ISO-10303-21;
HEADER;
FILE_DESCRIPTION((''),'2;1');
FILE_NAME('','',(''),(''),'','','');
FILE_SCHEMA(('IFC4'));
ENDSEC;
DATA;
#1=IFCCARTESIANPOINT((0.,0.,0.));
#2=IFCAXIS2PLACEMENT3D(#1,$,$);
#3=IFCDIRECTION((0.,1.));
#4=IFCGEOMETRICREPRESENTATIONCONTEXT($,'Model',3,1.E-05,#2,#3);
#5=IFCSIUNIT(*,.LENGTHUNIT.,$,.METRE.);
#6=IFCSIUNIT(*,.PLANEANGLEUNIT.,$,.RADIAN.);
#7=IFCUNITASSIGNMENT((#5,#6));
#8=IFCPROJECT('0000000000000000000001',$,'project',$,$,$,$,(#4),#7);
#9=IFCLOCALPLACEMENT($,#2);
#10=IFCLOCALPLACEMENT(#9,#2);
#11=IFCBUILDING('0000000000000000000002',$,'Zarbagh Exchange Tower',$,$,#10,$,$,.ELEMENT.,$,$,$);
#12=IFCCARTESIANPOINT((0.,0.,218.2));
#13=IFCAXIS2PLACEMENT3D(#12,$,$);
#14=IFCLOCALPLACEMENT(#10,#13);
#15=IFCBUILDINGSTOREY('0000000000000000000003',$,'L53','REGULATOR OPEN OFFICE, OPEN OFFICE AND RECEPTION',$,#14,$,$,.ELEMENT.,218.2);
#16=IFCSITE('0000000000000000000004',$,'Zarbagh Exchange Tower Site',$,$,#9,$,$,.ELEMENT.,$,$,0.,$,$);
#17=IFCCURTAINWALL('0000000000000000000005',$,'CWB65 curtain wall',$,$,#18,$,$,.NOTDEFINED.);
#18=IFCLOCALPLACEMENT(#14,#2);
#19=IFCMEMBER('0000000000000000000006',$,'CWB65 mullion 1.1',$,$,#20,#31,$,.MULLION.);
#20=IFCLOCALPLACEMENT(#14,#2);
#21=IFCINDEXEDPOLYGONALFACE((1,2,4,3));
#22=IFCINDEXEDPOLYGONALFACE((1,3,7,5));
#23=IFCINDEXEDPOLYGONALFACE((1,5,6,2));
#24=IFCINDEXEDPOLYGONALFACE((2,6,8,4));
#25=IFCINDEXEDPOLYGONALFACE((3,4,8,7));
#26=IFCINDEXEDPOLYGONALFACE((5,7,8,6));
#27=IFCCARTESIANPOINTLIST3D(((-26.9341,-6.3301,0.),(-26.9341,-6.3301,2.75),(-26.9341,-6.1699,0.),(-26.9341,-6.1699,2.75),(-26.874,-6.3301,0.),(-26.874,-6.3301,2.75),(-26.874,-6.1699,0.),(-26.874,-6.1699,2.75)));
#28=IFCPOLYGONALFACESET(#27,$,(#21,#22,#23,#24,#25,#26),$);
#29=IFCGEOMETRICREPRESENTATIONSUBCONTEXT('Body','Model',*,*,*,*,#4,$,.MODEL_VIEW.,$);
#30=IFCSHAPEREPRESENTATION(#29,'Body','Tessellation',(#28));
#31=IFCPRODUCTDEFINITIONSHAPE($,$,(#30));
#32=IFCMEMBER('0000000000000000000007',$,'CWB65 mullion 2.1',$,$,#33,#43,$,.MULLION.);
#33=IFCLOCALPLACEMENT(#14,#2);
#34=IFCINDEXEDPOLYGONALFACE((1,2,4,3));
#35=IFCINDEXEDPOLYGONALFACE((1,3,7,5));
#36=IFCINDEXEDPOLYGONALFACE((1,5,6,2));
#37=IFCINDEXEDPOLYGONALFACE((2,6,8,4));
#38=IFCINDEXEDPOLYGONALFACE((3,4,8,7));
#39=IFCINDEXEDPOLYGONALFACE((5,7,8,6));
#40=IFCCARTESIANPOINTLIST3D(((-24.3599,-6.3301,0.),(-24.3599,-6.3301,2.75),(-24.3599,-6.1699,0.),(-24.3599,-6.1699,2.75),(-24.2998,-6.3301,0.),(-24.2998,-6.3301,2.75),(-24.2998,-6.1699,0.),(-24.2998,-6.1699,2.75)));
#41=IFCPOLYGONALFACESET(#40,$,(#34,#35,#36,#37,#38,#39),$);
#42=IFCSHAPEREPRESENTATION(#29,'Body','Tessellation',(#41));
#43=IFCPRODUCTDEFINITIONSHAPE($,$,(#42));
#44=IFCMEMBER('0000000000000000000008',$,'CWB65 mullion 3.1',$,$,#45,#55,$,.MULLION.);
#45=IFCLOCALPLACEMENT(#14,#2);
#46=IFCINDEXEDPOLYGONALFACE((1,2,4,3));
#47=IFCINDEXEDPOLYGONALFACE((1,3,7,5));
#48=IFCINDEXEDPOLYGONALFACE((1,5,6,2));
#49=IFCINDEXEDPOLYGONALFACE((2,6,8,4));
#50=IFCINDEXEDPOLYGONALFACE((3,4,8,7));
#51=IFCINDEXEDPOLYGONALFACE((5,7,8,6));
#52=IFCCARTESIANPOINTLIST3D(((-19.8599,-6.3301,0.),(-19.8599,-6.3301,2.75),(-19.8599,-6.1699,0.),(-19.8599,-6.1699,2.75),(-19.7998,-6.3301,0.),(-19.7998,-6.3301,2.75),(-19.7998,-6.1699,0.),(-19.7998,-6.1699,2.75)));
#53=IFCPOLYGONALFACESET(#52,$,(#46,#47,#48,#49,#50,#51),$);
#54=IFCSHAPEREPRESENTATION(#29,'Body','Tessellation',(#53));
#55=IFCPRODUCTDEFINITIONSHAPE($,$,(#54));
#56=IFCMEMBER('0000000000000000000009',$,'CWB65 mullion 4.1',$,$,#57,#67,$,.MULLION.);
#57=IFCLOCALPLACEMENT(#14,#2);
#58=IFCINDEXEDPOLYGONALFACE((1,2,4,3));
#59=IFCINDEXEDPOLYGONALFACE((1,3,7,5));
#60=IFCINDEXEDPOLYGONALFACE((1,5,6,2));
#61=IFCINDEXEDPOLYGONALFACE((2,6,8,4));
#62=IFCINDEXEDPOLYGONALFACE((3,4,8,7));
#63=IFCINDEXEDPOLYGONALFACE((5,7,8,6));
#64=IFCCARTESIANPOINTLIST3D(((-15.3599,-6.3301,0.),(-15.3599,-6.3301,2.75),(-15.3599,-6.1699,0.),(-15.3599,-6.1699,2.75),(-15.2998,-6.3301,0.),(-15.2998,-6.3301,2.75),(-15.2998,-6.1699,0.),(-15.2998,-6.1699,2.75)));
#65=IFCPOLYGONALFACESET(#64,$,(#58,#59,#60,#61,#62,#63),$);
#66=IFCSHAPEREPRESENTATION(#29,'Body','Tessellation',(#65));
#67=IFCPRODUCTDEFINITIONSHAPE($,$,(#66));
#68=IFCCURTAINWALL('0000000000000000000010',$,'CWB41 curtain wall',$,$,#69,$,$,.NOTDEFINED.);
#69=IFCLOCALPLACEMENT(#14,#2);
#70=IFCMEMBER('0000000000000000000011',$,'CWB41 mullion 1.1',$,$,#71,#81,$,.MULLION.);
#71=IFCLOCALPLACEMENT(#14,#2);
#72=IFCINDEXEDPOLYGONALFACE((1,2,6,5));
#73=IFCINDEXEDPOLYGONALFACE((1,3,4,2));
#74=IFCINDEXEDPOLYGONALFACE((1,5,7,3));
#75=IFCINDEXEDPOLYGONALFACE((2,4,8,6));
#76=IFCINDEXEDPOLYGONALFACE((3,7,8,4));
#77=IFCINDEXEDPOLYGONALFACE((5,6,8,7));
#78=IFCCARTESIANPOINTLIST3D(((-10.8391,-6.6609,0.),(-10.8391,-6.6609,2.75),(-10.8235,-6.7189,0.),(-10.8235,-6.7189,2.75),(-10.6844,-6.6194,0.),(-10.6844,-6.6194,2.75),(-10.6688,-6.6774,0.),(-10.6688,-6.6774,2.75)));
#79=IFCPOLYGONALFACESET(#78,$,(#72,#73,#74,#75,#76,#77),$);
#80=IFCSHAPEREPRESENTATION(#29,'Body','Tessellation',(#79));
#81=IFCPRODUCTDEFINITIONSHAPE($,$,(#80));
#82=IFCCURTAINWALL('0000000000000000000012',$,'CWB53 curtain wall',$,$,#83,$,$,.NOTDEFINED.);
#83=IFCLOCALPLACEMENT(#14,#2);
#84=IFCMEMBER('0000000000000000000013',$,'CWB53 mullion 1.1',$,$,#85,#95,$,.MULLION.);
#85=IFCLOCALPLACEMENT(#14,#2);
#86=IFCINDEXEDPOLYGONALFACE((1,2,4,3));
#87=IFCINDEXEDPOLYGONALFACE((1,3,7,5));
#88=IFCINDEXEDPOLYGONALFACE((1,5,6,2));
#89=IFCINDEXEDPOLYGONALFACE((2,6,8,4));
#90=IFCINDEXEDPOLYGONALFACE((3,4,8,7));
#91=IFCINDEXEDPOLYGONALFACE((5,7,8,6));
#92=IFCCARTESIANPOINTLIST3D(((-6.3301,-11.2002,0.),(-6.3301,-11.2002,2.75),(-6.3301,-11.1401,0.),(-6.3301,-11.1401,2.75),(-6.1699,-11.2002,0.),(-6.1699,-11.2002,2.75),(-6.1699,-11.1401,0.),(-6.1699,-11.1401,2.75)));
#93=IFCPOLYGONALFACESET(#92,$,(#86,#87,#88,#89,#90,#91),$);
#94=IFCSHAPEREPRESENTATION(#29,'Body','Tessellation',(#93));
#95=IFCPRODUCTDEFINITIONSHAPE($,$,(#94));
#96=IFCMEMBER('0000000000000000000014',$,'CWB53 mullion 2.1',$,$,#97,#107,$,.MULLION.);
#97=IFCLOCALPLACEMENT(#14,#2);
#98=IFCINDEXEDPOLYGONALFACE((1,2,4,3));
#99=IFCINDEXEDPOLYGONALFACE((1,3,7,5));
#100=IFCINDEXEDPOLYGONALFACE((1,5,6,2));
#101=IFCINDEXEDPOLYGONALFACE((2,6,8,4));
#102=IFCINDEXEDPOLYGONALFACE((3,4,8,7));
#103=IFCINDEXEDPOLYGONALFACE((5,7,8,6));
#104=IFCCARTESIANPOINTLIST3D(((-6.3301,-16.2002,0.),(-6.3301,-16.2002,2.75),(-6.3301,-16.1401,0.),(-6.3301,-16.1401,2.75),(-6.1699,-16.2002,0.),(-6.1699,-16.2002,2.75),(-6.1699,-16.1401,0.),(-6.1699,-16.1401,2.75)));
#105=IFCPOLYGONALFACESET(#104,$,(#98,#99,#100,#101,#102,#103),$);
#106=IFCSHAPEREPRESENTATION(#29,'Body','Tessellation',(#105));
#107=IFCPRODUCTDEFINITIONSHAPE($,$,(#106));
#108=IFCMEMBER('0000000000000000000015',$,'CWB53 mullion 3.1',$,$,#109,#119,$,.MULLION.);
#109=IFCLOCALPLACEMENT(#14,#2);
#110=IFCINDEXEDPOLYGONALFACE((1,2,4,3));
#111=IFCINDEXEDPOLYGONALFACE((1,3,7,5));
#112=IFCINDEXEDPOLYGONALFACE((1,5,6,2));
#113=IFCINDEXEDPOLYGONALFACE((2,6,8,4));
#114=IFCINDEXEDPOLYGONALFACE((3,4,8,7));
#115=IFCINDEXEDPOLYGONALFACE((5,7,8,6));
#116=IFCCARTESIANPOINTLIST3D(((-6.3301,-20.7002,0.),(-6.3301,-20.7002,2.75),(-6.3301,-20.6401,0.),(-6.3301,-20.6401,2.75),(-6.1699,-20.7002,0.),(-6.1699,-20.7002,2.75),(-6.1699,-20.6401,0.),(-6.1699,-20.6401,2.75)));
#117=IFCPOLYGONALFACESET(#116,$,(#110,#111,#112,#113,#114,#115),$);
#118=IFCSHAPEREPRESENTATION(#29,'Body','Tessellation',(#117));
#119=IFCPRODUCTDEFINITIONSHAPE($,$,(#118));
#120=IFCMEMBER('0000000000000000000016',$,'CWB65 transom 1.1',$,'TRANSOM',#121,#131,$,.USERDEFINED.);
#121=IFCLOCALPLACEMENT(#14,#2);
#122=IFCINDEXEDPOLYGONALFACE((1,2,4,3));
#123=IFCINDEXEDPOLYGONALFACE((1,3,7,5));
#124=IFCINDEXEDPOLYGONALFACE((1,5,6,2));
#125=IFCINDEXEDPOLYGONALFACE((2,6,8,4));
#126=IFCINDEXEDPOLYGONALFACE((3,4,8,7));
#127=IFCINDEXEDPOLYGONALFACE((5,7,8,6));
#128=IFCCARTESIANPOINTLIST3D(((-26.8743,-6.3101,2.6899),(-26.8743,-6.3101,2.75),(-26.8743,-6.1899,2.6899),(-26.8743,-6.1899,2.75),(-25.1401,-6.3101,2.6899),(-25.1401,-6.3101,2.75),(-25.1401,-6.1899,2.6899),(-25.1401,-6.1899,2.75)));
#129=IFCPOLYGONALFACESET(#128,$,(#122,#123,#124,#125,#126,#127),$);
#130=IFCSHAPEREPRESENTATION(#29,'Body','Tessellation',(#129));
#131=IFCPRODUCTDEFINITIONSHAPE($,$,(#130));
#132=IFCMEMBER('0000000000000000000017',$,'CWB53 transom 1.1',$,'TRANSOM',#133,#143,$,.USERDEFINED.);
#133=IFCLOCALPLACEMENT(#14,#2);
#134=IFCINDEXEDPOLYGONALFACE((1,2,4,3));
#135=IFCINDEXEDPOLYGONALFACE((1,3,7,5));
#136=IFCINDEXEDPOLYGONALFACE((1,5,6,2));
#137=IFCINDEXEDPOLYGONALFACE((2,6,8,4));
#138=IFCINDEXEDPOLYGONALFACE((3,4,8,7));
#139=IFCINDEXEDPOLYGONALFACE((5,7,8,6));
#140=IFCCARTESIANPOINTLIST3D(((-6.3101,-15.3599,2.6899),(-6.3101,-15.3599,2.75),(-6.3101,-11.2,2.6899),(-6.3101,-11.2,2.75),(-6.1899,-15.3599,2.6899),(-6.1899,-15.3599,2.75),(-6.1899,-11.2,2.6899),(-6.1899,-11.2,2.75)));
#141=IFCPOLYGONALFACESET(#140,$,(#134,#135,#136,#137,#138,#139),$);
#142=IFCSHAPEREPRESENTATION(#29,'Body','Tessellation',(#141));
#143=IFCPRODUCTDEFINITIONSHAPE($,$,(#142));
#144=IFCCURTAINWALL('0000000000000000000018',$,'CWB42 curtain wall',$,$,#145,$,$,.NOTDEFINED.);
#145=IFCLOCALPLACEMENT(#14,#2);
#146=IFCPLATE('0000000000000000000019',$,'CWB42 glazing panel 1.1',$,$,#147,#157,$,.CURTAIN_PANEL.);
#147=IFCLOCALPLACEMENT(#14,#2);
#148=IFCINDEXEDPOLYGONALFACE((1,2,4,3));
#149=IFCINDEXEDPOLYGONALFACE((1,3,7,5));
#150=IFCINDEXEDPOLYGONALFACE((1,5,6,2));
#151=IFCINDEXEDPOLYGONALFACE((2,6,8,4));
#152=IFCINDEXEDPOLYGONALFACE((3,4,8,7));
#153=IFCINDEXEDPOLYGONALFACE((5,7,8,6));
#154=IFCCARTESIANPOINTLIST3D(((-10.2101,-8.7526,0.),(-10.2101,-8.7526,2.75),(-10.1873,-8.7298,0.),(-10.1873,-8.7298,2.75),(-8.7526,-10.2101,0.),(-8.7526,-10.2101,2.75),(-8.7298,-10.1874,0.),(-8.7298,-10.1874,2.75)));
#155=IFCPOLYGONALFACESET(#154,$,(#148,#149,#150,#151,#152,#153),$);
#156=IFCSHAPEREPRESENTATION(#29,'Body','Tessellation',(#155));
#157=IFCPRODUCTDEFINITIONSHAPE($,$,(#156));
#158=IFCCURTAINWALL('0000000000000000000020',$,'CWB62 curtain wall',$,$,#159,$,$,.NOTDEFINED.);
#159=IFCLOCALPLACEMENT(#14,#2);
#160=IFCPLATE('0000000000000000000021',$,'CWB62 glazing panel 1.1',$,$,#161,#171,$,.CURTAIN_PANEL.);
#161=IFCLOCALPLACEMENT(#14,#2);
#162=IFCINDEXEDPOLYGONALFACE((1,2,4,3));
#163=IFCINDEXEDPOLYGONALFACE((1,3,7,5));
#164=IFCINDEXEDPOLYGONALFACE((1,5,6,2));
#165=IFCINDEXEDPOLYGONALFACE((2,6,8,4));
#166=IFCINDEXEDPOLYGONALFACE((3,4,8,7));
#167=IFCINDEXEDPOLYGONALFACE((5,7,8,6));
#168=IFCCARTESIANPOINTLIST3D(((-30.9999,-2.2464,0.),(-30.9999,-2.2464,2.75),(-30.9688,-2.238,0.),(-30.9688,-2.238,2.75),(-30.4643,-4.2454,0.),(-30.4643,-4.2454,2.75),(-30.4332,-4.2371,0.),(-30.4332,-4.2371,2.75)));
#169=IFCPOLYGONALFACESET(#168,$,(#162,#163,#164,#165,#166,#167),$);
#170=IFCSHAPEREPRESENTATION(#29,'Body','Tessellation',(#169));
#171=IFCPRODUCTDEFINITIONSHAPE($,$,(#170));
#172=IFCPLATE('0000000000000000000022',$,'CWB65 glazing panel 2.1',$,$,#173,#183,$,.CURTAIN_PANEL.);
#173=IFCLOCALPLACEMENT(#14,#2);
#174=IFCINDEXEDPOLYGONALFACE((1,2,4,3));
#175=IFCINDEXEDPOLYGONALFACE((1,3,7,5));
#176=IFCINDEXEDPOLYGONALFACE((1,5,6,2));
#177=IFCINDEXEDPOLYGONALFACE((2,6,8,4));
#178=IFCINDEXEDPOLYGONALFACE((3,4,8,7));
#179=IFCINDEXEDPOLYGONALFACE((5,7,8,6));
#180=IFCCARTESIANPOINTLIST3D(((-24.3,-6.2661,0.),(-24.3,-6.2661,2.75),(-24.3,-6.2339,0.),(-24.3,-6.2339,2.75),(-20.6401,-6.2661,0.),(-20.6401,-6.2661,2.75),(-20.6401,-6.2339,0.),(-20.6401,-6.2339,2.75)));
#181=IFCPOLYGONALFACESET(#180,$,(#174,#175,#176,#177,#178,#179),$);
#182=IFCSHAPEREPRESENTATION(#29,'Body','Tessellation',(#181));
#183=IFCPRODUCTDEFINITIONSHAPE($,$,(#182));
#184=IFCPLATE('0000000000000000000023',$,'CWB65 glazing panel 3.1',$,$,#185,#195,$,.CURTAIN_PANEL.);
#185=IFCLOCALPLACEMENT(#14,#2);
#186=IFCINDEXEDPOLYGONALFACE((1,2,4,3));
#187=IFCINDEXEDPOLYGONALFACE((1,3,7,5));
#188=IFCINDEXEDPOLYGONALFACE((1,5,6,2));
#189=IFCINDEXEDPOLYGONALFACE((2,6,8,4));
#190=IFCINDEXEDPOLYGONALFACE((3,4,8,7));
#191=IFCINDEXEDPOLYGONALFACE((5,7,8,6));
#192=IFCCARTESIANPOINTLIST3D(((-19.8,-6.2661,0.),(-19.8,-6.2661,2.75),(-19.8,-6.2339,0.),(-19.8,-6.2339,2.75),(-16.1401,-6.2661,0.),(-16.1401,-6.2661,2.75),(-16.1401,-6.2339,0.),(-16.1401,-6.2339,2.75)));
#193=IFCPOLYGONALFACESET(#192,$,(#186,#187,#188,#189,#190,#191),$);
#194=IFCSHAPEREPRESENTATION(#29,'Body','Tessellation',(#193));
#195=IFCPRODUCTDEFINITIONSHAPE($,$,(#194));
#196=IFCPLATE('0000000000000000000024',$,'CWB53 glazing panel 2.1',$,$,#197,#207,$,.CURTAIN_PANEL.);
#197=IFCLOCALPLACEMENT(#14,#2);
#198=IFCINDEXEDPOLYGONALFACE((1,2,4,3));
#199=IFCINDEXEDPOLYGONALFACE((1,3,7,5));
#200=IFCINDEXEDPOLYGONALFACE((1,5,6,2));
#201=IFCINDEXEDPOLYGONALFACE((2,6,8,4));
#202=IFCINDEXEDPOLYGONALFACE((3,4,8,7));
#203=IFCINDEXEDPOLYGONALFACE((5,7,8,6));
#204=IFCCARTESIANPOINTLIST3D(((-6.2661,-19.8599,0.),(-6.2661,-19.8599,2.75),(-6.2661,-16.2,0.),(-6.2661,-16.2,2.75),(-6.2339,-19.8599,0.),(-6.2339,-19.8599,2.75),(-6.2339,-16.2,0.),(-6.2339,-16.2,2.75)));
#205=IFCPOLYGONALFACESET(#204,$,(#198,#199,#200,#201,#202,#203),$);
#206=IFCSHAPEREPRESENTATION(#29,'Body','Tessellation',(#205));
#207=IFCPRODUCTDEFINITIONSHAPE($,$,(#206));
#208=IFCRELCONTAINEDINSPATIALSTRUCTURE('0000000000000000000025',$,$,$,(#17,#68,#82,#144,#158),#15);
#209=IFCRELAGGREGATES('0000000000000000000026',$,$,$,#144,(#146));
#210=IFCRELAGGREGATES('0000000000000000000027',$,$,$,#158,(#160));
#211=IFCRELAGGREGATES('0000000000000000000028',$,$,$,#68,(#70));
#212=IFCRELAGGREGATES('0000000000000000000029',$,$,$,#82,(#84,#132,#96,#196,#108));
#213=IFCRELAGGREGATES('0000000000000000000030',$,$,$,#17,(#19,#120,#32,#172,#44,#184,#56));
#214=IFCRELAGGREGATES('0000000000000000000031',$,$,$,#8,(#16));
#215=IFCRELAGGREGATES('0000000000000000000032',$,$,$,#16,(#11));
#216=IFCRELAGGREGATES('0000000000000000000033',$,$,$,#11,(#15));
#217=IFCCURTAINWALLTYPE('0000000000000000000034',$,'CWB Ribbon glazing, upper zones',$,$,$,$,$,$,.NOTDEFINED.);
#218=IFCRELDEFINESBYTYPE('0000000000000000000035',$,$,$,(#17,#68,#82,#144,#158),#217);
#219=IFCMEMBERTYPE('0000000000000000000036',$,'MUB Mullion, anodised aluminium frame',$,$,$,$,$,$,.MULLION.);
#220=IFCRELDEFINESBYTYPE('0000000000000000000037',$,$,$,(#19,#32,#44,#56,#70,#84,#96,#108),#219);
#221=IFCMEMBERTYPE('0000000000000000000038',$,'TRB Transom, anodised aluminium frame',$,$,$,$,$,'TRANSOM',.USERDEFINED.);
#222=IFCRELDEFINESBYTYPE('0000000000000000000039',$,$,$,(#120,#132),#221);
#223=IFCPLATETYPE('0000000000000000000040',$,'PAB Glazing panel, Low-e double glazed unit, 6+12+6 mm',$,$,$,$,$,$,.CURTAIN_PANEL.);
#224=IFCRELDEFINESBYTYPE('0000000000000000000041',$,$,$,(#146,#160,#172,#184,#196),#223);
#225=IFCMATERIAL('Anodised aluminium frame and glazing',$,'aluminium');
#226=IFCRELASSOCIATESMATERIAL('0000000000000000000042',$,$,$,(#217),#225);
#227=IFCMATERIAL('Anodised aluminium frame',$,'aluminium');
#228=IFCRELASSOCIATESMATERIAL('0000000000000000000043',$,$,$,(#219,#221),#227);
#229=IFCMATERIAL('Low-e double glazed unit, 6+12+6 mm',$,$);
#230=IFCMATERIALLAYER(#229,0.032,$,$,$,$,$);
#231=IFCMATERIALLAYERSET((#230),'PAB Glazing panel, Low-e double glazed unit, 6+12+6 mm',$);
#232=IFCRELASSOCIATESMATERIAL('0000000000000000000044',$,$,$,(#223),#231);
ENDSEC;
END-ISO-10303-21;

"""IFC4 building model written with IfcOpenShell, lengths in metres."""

from ifc_helpers import new_model, si_unit, direction, frame, origin, place, context, subcontext, project, spatial, polyline, outline, extrude, source, transform, mapped, material, layer, layer_set, type_object, element, aggregate, save


model = new_model("IFC4")

# Units and contexts
model_context = context("Model", 3, precision=1e-05, world=origin(), true_north=direction((0.0, 1.0)))
body_context = subcontext(model_context, "Body", "Model", "MODEL_VIEW")
ifc_project = project(units=[si_unit("LENGTHUNIT", "METRE"), si_unit("PLANEANGLEUNIT", "RADIAN")], contexts=[model_context])

# Site, building, storey
site_placement = place(None, origin())
site = spatial("IfcSite", under=ifc_project, at=site_placement, Name="Zarbagh Exchange Tower Site", CompositionType="ELEMENT", RefElevation=0.0)
building_placement = place(site_placement, origin())
building = spatial("IfcBuilding", under=site, at=building_placement, Name="Zarbagh Exchange Tower", CompositionType="ELEMENT")
storey_placement = place(building_placement, frame((0.0, 0.0, 218.2)))
storey = spatial("IfcBuildingStorey", under=building, at=storey_placement, Name="L53", Description="REGULATOR OPEN OFFICE, OPEN OFFICE AND RECEPTION", CompositionType="ELEMENT", Elevation=218.2)

# Curtain wall, members
ifc_material_1 = material(Name="Anodised aluminium frame and glazing", Category="aluminium")
curtain_wall_type = type_object("IfcCurtainWallType", Name="CWB Ribbon glazing, upper zones", PredefinedType="NOTDEFINED", material=ifc_material_1)
curtain_wall_1_placement = place(storey_placement, origin())
curtain_wall_1 = element("IfcCurtainWall", 1, at=curtain_wall_1_placement, inside=storey, type_object=curtain_wall_type, Name="CWB65 curtain wall", PredefinedType="NOTDEFINED")
ifc_material_2 = material(Name="Anodised aluminium frame", Category="aluminium")
member_type_1 = type_object("IfcMemberType", Name="MUB Mullion, anodised aluminium frame", PredefinedType="MULLION", material=ifc_material_2)
shared_shape_1 = source(origin(), body_context, "Body", "SweptSolid", [
    extrude(outline(polyline([(0.0, -0.0801), (0.0601, -0.0801), (0.0601, 0.0801), (0.0, 0.0801), (0.0, -0.0801)])), origin(), (0.0, 0.0, 1.0), 2.75),
])
placement = place(storey_placement, origin())
member_1 = element("IfcMember", 2, at=placement, type_object=member_type_1, Name="CWB65 mullion 1.1", PredefinedType="MULLION", context=body_context, shape_type="MappedRepresentation", body=[
    mapped(shared_shape_1, transform((-26.9341, -6.25, 0.0), x_axis=(1.0, 0.0, 0.0), y_axis=(0.0, 1.0, 0.0), z_axis=(0.0, 0.0, 1.0))),
])
member_2 = element("IfcMember", 3, at=placement, type_object=member_type_1, Name="CWB65 mullion 2.1", PredefinedType="MULLION", context=body_context, shape_type="MappedRepresentation", body=[
    mapped(shared_shape_1, transform((-24.3599, -6.25, 0.0), x_axis=(1.0, 0.0, 0.0), y_axis=(0.0, 1.0, 0.0), z_axis=(0.0, 0.0, 1.0))),
])
member_3 = element("IfcMember", 4, at=placement, type_object=member_type_1, Name="CWB65 mullion 3.1", PredefinedType="MULLION", context=body_context, shape_type="MappedRepresentation", body=[
    mapped(shared_shape_1, transform((-19.8599, -6.25, 0.0), x_axis=(1.0, 0.0, 0.0), y_axis=(0.0, 1.0, 0.0), z_axis=(0.0, 0.0, 1.0))),
])
member_4 = element("IfcMember", 5, at=placement, type_object=member_type_1, Name="CWB65 mullion 4.1", PredefinedType="MULLION", context=body_context, shape_type="MappedRepresentation", body=[
    mapped(shared_shape_1, transform((-15.3599, -6.25, 0.0), x_axis=(1.0, 0.0, 0.0), y_axis=(0.0, 1.0, 0.0), z_axis=(0.0, 0.0, 1.0))),
])

# Curtain wall, member
curtain_wall_2_placement = place(storey_placement, origin())
curtain_wall_2 = element("IfcCurtainWall", 6, at=curtain_wall_2_placement, inside=storey, type_object=curtain_wall_type, Name="CWB41 curtain wall", PredefinedType="NOTDEFINED")
member_5 = element("IfcMember", 7, at=placement, type_object=member_type_1, Name="CWB41 mullion 1.1", PredefinedType="MULLION", context=body_context, shape_type="MappedRepresentation", body=[
    mapped(shared_shape_1, transform((-10.7617, -6.6401, 0.0), x_axis=(0.258825, -0.965924, 0.0), y_axis=(0.965924, 0.258825, 0.0), z_axis=(0.0, 0.0, 1.0))),
])

# Curtain wall, members
curtain_wall_3_placement = place(storey_placement, origin())
curtain_wall_3 = element("IfcCurtainWall", 8, at=curtain_wall_3_placement, inside=storey, type_object=curtain_wall_type, Name="CWB53 curtain wall", PredefinedType="NOTDEFINED")
member_6 = element("IfcMember", 9, at=placement, type_object=member_type_1, Name="CWB53 mullion 1.1", PredefinedType="MULLION", context=body_context, shape_type="MappedRepresentation", body=[
    mapped(shared_shape_1, transform((-6.25, -11.1401, 0.0), x_axis=(0.0, -1.0, 0.0), y_axis=(1.0, 0.0, 0.0), z_axis=(0.0, 0.0, 1.0))),
])
member_7 = element("IfcMember", 10, at=placement, type_object=member_type_1, Name="CWB53 mullion 2.1", PredefinedType="MULLION", context=body_context, shape_type="MappedRepresentation", body=[
    mapped(shared_shape_1, transform((-6.25, -16.1401, 0.0), x_axis=(0.0, -1.0, 0.0), y_axis=(1.0, 0.0, 0.0), z_axis=(0.0, 0.0, 1.0))),
])
member_8 = element("IfcMember", 11, at=placement, type_object=member_type_1, Name="CWB53 mullion 3.1", PredefinedType="MULLION", context=body_context, shape_type="MappedRepresentation", body=[
    mapped(shared_shape_1, transform((-6.25, -20.6401, 0.0), x_axis=(0.0, -1.0, 0.0), y_axis=(1.0, 0.0, 0.0), z_axis=(0.0, 0.0, 1.0))),
])

# Members
member_type_2 = type_object("IfcMemberType", Name="TRB Transom, anodised aluminium frame", ElementType="TRANSOM", PredefinedType="USERDEFINED", material=ifc_material_2)
shared_shape_2 = source(origin(), body_context, "Body", "SweptSolid", [
    extrude(outline(polyline([(-0.0601, -0.0601), (0.0, -0.0601), (0.0, 0.0601), (-0.0601, 0.0601), (-0.0601, -0.0601)])), origin(), (0.0, 0.0, 1.0), 1.7341),
])
member_9 = element("IfcMember", 12, at=placement, type_object=member_type_2, Name="CWB65 transom 1.1", ObjectType="TRANSOM", PredefinedType="USERDEFINED", context=body_context, shape_type="MappedRepresentation", body=[
    mapped(shared_shape_2, transform((-26.8743, -6.25, 2.75), x_axis=(0.0, 0.0, 1.0), y_axis=(0.0, -1.0, 0.0), z_axis=(1.0, 0.0, 0.0))),
])
shared_shape_3 = source(origin(), body_context, "Body", "SweptSolid", [
    extrude(outline(polyline([(-0.0601, -0.0601), (0.0, -0.0601), (0.0, 0.0601), (-0.0601, 0.0601), (-0.0601, -0.0601)])), origin(), (0.0, 0.0, 1.0), 4.1599),
])
member_10 = element("IfcMember", 13, at=placement, type_object=member_type_2, Name="CWB53 transom 1.1", ObjectType="TRANSOM", PredefinedType="USERDEFINED", context=body_context, shape_type="MappedRepresentation", body=[
    mapped(shared_shape_3, transform((-6.25, -11.2, 2.75), x_axis=(0.0, 0.0, 1.0), y_axis=(-1.0, 0.0, 0.0), z_axis=(0.0, -1.0, 0.0))),
])

# Curtain walls, plates
curtain_wall_4_placement = place(storey_placement, origin())
curtain_wall_4 = element("IfcCurtainWall", 14, at=curtain_wall_4_placement, inside=storey, type_object=curtain_wall_type, Name="CWB42 curtain wall", PredefinedType="NOTDEFINED")
ifc_material_3 = material(Name="Low-e double glazed unit, 6+12+6 mm")
ifc_layer = layer(ifc_material_3, 0.032)
ifc_layer_set = layer_set([ifc_layer], Name="PAB Glazing panel, Low-e double glazed unit, 6+12+6 mm")
plate_type = type_object("IfcPlateType", Name="PAB Glazing panel, Low-e double glazed unit, 6+12+6 mm", PredefinedType="CURTAIN_PANEL", material=ifc_layer_set)
shared_shape_4 = source(origin(), body_context, "Body", "SweptSolid", [
    extrude(outline(polyline([(0.0, -0.0161), (2.0613, -0.0161), (2.0613, 0.0161), (0.0, 0.0161), (0.0, -0.0161)])), origin(), (0.0, 0.0, 1.0), 2.75),
])
plate_1 = element("IfcPlate", 15, at=placement, type_object=plate_type, Name="CWB42 glazing panel 1.1", PredefinedType="CURTAIN_PANEL", context=body_context, shape_type="MappedRepresentation", body=[
    mapped(shared_shape_4, transform((-10.1987, -8.7412, 0.0), x_axis=(0.707107, -0.707107, 0.0), y_axis=(0.707107, 0.707107, 0.0), z_axis=(0.0, 0.0, 1.0))),
])
aggregate(curtain_wall_4, [plate_1])
curtain_wall_5_placement = place(storey_placement, origin())
curtain_wall_5 = element("IfcCurtainWall", 16, at=curtain_wall_5_placement, inside=storey, type_object=curtain_wall_type, Name="CWB62 curtain wall", PredefinedType="NOTDEFINED")
shared_shape_5 = source(origin(), body_context, "Body", "SweptSolid", [
    extrude(outline(polyline([(0.0, -0.0161), (2.0696, -0.0161), (2.0696, 0.0161), (0.0, 0.0161), (0.0, -0.0161)])), origin(), (0.0, 0.0, 1.0), 2.75),
])
plate_2 = element("IfcPlate", 17, at=placement, type_object=plate_type, Name="CWB62 glazing panel 1.1", PredefinedType="CURTAIN_PANEL", context=body_context, shape_type="MappedRepresentation", body=[
    mapped(shared_shape_5, transform((-30.9844, -2.2422, 0.0), x_axis=(0.258825, -0.965924, 0.0), y_axis=(0.965924, 0.258825, 0.0), z_axis=(0.0, 0.0, 1.0))),
])
aggregate(curtain_wall_5, [plate_2])

# Plates
shared_shape_6 = source(origin(), body_context, "Body", "SweptSolid", [
    extrude(outline(polyline([(0.0, -0.0161), (3.6599, -0.0161), (3.6599, 0.0161), (0.0, 0.0161), (0.0, -0.0161)])), origin(), (0.0, 0.0, 1.0), 2.75),
])
plate_3 = element("IfcPlate", 18, at=placement, type_object=plate_type, Name="CWB65 glazing panel 2.1", PredefinedType="CURTAIN_PANEL", context=body_context, shape_type="MappedRepresentation", body=[
    mapped(shared_shape_6, transform((-24.3, -6.25, 0.0), x_axis=(1.0, 0.0, 0.0), y_axis=(0.0, 1.0, 0.0), z_axis=(0.0, 0.0, 1.0))),
])
plate_4 = element("IfcPlate", 19, at=placement, type_object=plate_type, Name="CWB65 glazing panel 3.1", PredefinedType="CURTAIN_PANEL", context=body_context, shape_type="MappedRepresentation", body=[
    mapped(shared_shape_6, transform((-19.8, -6.25, 0.0), x_axis=(1.0, 0.0, 0.0), y_axis=(0.0, 1.0, 0.0), z_axis=(0.0, 0.0, 1.0))),
])
plate_5 = element("IfcPlate", 20, at=placement, type_object=plate_type, Name="CWB53 glazing panel 2.1", PredefinedType="CURTAIN_PANEL", context=body_context, shape_type="MappedRepresentation", body=[
    mapped(shared_shape_6, transform((-6.25, -16.2, 0.0), x_axis=(0.0, -1.0, 0.0), y_axis=(1.0, 0.0, 0.0), z_axis=(0.0, 0.0, 1.0))),
])
aggregate(curtain_wall_2, [member_5])

aggregate(curtain_wall_3, [member_6, member_10, member_7, plate_5, member_8])

aggregate(curtain_wall_1, [member_1, member_9, member_2, plate_3, member_3, plate_4, member_4])

save(model, "model.ifc")
